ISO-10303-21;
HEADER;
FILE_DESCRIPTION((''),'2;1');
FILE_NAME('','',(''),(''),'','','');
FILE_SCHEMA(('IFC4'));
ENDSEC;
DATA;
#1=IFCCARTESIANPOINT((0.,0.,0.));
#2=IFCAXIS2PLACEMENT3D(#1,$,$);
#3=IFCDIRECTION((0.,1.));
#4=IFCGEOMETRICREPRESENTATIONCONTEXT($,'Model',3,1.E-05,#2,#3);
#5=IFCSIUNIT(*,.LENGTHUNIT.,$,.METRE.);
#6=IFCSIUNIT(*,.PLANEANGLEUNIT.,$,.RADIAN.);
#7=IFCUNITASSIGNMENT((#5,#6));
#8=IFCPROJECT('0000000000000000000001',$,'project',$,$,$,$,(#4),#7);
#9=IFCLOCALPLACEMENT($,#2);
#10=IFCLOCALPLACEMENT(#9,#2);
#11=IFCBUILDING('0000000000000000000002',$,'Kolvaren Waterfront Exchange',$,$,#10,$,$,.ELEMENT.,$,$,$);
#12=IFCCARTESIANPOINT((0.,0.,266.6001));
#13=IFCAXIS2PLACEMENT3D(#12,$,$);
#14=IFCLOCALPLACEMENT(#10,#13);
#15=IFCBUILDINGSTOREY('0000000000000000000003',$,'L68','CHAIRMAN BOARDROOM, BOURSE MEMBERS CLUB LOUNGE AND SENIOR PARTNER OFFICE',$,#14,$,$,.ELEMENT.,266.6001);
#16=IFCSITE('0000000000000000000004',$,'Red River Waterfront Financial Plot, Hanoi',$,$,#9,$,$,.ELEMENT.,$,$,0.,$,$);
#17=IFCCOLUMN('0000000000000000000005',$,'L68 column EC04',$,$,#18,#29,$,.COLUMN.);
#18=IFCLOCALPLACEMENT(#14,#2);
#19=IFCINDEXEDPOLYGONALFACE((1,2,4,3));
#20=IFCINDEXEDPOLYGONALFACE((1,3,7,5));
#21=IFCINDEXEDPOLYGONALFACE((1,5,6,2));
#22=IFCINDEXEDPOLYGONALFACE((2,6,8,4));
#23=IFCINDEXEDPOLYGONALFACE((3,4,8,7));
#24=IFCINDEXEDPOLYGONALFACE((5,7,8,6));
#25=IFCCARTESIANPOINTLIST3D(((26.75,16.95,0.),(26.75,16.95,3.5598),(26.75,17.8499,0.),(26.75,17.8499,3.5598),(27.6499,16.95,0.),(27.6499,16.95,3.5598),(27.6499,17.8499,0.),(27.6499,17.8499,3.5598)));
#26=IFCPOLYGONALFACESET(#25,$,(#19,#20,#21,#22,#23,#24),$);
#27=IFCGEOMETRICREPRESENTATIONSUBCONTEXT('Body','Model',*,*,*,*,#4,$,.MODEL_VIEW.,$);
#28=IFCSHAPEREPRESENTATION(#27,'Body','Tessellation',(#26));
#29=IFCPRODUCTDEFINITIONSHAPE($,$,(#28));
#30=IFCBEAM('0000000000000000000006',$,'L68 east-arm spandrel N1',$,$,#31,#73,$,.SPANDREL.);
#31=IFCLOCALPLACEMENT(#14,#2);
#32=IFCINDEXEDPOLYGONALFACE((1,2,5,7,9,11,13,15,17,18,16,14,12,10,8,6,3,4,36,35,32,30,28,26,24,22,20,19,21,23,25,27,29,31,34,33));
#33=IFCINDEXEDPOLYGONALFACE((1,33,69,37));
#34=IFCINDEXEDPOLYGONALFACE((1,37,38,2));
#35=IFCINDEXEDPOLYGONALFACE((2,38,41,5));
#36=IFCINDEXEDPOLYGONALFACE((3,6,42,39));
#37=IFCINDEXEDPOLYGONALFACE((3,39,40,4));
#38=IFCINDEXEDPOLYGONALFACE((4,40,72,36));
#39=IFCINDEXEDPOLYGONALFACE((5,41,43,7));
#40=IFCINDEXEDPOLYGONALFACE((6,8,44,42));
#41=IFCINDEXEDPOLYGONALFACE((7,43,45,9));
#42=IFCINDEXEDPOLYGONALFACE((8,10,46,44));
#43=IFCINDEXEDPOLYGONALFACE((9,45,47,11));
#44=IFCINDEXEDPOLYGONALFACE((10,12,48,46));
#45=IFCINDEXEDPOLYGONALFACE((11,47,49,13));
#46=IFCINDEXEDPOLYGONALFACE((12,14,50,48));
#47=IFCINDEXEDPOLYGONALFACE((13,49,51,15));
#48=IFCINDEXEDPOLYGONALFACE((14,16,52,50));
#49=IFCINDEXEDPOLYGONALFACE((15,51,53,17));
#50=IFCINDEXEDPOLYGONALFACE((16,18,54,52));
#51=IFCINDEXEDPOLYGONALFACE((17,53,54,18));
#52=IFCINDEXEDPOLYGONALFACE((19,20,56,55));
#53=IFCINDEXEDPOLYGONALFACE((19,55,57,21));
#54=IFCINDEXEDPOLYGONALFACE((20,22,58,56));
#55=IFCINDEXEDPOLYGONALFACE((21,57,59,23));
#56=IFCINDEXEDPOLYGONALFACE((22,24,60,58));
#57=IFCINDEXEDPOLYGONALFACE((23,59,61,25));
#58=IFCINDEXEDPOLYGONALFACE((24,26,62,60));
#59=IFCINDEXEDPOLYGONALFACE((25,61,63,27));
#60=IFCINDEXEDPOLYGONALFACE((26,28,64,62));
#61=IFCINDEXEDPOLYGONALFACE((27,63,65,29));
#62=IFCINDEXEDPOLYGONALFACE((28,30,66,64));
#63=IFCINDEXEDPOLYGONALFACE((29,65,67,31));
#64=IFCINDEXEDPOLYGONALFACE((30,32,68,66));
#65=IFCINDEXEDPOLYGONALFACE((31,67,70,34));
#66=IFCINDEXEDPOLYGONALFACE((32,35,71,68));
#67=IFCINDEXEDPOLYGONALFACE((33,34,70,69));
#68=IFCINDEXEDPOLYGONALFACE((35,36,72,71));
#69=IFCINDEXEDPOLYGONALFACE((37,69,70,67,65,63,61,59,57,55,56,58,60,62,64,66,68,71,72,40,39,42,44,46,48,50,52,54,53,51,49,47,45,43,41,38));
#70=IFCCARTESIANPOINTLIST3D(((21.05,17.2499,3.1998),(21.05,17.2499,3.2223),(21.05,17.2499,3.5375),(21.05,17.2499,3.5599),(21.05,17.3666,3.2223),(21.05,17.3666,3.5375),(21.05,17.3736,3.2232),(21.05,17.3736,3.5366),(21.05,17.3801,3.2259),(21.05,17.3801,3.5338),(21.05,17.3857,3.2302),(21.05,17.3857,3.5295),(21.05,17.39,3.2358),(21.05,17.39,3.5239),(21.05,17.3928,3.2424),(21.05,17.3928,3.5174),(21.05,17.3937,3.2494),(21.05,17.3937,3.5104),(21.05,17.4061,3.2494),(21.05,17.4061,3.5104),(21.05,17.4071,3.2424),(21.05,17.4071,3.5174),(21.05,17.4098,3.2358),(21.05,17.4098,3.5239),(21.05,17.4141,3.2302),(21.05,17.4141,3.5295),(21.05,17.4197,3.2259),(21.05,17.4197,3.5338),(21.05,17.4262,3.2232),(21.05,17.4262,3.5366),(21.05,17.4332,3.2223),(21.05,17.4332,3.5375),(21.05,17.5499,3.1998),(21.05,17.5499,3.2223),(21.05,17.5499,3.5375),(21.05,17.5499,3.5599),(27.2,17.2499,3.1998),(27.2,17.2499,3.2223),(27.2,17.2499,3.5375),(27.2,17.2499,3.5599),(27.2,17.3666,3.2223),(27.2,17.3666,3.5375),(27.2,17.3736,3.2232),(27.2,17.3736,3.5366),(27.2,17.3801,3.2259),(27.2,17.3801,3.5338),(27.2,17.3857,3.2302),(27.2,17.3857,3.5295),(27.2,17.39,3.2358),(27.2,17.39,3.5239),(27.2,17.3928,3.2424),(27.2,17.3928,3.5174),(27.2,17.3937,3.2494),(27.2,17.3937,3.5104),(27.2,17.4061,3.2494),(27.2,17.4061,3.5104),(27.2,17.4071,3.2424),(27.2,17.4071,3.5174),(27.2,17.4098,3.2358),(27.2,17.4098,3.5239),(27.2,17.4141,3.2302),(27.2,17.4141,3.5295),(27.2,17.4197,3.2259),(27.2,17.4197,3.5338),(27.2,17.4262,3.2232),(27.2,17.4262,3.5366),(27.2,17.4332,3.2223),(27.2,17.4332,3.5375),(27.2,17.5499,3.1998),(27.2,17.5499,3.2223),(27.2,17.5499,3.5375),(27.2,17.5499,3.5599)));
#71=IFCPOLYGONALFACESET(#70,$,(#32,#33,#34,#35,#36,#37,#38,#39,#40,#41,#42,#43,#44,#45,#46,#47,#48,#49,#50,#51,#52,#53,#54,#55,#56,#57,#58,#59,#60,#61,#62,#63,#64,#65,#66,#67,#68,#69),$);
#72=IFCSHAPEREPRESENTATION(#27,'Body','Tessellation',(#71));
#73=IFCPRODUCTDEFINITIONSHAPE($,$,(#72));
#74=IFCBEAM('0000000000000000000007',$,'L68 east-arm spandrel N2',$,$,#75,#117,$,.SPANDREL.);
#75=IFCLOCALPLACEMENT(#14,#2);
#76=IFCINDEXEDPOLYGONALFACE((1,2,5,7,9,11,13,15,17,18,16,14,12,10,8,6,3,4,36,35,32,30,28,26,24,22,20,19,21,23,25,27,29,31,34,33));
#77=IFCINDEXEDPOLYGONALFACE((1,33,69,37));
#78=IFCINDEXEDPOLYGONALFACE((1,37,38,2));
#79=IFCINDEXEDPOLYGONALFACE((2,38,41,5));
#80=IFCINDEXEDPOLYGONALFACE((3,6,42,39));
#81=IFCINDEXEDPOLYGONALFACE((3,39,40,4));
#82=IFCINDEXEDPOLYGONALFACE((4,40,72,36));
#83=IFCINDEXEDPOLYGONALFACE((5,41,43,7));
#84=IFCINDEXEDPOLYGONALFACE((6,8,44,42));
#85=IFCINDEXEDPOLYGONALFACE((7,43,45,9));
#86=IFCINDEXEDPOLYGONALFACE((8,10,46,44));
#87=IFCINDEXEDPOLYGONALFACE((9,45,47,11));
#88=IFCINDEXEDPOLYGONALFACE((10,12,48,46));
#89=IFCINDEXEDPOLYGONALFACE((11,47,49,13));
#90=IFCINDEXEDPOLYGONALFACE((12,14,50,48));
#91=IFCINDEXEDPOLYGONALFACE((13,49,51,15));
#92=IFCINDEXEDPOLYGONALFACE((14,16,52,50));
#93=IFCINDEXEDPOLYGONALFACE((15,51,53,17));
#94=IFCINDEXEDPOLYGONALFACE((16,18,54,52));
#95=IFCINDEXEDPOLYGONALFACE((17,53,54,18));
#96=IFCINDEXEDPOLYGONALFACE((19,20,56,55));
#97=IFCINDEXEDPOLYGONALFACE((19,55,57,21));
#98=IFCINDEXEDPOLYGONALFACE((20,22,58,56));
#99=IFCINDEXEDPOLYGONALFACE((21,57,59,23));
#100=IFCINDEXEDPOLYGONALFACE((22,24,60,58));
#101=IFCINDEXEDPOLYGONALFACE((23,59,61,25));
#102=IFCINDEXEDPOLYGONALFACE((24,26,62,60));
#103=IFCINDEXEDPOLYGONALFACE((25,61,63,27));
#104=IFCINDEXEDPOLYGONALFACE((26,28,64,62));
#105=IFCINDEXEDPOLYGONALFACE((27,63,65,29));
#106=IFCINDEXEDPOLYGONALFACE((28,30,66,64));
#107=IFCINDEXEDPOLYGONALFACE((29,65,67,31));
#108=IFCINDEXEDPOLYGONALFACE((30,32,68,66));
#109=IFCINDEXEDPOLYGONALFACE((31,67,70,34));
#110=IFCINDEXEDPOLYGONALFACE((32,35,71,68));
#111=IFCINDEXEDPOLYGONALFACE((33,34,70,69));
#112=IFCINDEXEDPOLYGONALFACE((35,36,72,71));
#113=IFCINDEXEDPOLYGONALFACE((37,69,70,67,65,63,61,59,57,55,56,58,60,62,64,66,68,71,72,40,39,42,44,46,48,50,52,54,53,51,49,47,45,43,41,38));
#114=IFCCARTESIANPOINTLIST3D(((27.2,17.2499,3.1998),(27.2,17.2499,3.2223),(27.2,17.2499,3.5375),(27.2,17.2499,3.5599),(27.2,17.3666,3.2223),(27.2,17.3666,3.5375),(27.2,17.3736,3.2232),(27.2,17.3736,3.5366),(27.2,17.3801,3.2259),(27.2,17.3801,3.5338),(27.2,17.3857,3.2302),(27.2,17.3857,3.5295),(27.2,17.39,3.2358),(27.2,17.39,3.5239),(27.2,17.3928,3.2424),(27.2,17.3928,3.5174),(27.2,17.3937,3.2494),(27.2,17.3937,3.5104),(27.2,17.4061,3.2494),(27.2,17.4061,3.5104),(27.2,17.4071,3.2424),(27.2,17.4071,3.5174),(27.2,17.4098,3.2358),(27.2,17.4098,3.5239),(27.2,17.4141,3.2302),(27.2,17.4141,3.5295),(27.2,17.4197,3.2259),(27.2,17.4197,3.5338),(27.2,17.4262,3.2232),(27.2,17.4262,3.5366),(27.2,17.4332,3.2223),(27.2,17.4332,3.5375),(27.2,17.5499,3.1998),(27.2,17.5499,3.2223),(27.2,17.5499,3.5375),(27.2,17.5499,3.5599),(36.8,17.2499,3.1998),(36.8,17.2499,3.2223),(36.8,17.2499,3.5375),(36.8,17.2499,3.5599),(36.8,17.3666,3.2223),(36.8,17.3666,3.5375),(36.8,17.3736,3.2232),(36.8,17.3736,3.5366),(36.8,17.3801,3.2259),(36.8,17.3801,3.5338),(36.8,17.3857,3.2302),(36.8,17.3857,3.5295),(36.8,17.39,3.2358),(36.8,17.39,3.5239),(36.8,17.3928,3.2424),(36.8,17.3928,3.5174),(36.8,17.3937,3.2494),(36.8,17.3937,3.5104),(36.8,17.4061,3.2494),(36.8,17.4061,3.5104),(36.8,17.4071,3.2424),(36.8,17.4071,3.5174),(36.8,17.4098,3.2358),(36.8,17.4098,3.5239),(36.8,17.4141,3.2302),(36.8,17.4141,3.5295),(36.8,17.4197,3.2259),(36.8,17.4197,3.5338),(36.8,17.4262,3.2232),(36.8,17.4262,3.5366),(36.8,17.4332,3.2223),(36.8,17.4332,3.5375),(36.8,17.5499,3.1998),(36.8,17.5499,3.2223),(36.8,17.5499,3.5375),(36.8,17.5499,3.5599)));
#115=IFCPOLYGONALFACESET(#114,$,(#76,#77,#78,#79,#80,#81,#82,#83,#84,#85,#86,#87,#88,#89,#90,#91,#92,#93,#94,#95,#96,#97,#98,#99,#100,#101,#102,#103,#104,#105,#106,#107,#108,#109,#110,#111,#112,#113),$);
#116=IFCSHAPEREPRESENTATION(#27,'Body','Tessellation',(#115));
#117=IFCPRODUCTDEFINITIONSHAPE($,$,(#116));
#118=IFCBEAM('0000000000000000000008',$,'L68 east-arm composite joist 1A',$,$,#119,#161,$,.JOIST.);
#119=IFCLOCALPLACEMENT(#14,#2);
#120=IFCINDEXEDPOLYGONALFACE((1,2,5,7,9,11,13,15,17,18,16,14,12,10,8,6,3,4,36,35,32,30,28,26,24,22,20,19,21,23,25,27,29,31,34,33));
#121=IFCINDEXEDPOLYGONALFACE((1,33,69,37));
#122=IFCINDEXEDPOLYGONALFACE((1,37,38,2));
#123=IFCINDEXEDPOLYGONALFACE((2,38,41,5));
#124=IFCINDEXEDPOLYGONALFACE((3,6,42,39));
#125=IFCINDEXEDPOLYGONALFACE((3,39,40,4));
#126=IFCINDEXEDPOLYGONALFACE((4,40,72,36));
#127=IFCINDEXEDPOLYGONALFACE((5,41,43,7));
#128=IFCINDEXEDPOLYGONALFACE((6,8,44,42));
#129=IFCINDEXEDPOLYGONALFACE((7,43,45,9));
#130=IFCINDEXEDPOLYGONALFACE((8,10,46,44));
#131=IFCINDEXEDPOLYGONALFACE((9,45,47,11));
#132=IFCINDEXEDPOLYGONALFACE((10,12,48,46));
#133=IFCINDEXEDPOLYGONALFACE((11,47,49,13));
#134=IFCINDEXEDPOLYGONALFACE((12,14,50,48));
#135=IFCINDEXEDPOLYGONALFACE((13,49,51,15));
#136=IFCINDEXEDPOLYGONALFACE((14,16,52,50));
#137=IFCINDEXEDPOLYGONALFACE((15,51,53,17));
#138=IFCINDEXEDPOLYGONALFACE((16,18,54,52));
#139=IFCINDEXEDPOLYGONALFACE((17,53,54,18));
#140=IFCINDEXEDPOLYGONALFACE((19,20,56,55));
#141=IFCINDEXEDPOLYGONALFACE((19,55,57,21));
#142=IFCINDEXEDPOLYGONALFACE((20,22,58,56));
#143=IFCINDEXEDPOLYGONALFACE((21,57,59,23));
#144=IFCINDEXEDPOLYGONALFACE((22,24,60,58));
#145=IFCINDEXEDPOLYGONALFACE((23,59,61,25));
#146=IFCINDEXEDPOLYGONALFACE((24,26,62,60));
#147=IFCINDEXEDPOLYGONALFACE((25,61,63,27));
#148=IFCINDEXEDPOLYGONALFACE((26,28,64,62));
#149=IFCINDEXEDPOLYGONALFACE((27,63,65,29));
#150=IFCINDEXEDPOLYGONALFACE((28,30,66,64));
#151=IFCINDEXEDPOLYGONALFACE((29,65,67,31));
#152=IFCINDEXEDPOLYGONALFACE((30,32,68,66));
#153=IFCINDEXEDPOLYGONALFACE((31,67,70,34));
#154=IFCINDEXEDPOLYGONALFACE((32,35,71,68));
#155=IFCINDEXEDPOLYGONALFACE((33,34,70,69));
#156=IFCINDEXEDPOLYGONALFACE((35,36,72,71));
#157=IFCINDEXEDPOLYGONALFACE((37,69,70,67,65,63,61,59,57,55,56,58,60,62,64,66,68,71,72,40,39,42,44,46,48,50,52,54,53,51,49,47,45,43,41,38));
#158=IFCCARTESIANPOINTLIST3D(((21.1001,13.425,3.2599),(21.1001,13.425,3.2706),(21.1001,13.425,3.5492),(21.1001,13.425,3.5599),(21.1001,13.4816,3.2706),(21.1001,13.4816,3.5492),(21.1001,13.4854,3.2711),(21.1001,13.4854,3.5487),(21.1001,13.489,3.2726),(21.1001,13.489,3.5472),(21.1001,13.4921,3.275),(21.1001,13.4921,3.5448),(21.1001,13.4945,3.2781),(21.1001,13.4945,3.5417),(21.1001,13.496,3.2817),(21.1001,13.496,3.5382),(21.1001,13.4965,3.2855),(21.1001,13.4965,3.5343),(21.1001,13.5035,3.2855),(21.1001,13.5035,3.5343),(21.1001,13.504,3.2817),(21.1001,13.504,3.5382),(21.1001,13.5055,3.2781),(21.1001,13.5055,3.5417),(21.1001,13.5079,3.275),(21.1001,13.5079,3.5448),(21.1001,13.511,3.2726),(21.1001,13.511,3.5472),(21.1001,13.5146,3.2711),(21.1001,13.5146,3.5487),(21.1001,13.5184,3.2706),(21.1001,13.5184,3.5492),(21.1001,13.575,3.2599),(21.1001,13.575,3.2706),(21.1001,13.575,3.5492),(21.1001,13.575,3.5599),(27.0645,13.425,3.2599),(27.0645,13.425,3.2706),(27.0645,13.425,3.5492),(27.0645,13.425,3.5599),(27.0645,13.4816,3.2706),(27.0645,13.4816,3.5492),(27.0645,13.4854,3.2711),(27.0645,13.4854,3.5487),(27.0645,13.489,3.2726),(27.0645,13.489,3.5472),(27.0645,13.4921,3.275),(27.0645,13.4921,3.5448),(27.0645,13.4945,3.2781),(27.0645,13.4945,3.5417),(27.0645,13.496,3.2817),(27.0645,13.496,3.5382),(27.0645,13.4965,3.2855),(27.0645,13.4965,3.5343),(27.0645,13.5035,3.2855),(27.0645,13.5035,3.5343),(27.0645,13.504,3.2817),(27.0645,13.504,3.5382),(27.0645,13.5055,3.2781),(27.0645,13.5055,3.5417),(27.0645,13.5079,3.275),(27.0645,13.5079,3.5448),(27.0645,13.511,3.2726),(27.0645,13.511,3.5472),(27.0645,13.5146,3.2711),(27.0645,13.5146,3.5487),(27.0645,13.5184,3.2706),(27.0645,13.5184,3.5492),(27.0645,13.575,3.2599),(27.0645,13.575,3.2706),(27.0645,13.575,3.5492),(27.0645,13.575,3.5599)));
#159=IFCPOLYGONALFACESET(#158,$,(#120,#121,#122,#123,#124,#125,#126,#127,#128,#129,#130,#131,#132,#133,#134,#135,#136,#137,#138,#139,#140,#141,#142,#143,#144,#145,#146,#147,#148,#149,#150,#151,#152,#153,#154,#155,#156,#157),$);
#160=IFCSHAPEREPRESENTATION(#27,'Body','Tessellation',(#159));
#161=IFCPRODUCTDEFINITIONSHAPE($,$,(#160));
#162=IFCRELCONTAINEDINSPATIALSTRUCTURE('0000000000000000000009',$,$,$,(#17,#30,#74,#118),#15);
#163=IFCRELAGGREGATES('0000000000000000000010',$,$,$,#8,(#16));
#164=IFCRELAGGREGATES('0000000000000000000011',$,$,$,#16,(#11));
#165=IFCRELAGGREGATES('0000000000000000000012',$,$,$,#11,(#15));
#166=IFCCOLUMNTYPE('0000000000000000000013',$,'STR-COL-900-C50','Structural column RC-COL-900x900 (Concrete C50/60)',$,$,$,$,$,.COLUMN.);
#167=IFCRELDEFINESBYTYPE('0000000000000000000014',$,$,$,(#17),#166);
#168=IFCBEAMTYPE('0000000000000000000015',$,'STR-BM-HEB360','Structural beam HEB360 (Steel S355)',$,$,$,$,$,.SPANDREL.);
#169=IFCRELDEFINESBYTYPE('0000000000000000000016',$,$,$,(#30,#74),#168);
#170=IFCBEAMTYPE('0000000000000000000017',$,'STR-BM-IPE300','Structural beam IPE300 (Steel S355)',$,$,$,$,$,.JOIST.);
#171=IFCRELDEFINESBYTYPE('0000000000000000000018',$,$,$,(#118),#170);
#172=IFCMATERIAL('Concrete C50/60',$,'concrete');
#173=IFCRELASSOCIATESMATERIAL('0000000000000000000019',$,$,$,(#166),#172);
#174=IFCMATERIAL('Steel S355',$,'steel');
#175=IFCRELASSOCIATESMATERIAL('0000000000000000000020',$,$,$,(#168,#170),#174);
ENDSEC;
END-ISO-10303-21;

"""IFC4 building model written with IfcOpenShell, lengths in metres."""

from ifc_helpers import new_model, si_unit, direction, frame, origin, origin_2d, place, context, subcontext, project, spatial, rectangle, i_section, extrude, material, material_profile, profile_set, type_object, element, save


model = new_model("IFC4")

# Units and contexts
model_context = context("Model", 3, precision=1e-05, world=origin(), true_north=direction((0.0, 1.0)))
body_context = subcontext(model_context, "Body", "Model", "MODEL_VIEW")
ifc_project = project(units=[si_unit("LENGTHUNIT", "METRE"), si_unit("PLANEANGLEUNIT", "RADIAN")], contexts=[model_context])

# Site, building, storey
site_placement = place(None, origin())
site = spatial("IfcSite", under=ifc_project, at=site_placement, Name="Red River Waterfront Financial Plot, Hanoi", CompositionType="ELEMENT", RefElevation=0.0)
building_placement = place(site_placement, origin())
building = spatial("IfcBuilding", under=site, at=building_placement, Name="Kolvaren Waterfront Exchange", CompositionType="ELEMENT")
storey_placement = place(building_placement, frame((0.0, 0.0, 266.6001)))
storey = spatial("IfcBuildingStorey", under=building, at=storey_placement, Name="L68", Description="CHAIRMAN BOARDROOM, BOURSE MEMBERS CLUB LOUNGE AND SENIOR PARTNER OFFICE", CompositionType="ELEMENT", Elevation=266.6001)

# Column
ifc_material_1 = material(Name="Concrete C50/60", Category="concrete")
ifc_material_profile_1 = material_profile(ifc_material_1, rectangle(XDim=0.8999, YDim=0.8999, at=origin_2d()), Name="RC-COL-900x900")
ifc_profile_set_1 = profile_set([ifc_material_profile_1], Name="Concrete C50/60")
column_type = type_object("IfcColumnType", Name="STR-COL-900-C50", Description="Structural column RC-COL-900x900 (Concrete C50/60)", PredefinedType="COLUMN", material=ifc_profile_set_1)
column_placement = place(storey_placement, frame((27.2, 17.3999, 0.0), z_axis=(0.0, 0.0, 1.0), x_axis=(1.0, 0.0, 0.0)))
element("IfcColumn", 1, at=column_placement, inside=storey, type_object=column_type, Name="L68 column EC04", PredefinedType="COLUMN", context=body_context, shape_type="SweptSolid", body=[
    extrude(rectangle(XDim=0.8999, YDim=0.8999, at=origin_2d()), origin(), (0.0, 0.0, 1.0), 3.5598),
])

# Beams
ifc_material_2 = material(Name="Steel S355", Category="steel")
ifc_material_profile_2 = material_profile(ifc_material_2, i_section(OverallWidth=0.3, OverallDepth=0.3601, WebThickness=0.0125, FlangeThickness=0.0225, FilletRadius=0.0271, at=origin_2d()), Name="HEB360")
ifc_profile_set_2 = profile_set([ifc_material_profile_2], Name="Steel S355")
beam_type_1 = type_object("IfcBeamType", Name="STR-BM-HEB360", Description="Structural beam HEB360 (Steel S355)", PredefinedType="SPANDREL", material=ifc_profile_set_2)
beam_1_placement = place(storey_placement, frame((21.05, 17.3999, 3.3799), z_axis=(1.0, 0.0, 0.0), x_axis=(0.0, 1.0, 0.0)))
element("IfcBeam", 2, at=beam_1_placement, inside=storey, type_object=beam_type_1, Name="L68 east-arm spandrel N1", PredefinedType="SPANDREL", context=body_context, shape_type="SweptSolid", body=[
    extrude(i_section(OverallWidth=0.3, OverallDepth=0.3601, WebThickness=0.0125, FlangeThickness=0.0225, FilletRadius=0.0271, at=origin_2d()), origin(), (0.0, 0.0, 1.0), 6.1499),
])
beam_2_placement = place(storey_placement, frame((27.2, 17.3999, 3.3799), z_axis=(1.0, 0.0, 0.0), x_axis=(0.0, 1.0, 0.0)))
element("IfcBeam", 3, at=beam_2_placement, inside=storey, type_object=beam_type_1, Name="L68 east-arm spandrel N2", PredefinedType="SPANDREL", context=body_context, shape_type="SweptSolid", body=[
    extrude(i_section(OverallWidth=0.3, OverallDepth=0.3601, WebThickness=0.0125, FlangeThickness=0.0225, FilletRadius=0.0271, at=origin_2d()), origin(), (0.0, 0.0, 1.0), 9.6001),
])
ifc_material_profile_3 = material_profile(ifc_material_2, i_section(OverallWidth=0.1499, OverallDepth=0.3, WebThickness=0.0071, FlangeThickness=0.0107, FilletRadius=0.0149, at=origin_2d()), Name="IPE300")
ifc_profile_set_3 = profile_set([ifc_material_profile_3], Name="Steel S355")
beam_type_2 = type_object("IfcBeamType", Name="STR-BM-IPE300", Description="Structural beam IPE300 (Steel S355)", PredefinedType="JOIST", material=ifc_profile_set_3)
for number, where, z_axis, x_axis, name in (
    (4, (21.1001, 13.5, 3.4099), (1.0, 0.0, 0.0), (0.0, 1.0, 0.0), "L68 east-arm composite joist 1A"),
):
    element("IfcBeam", number, at=place(storey_placement, frame(where, z_axis=z_axis, x_axis=x_axis)), inside=storey, type_object=beam_type_2, Name=name, PredefinedType="JOIST", context=body_context, shape_type="SweptSolid", body=[
        extrude(i_section(OverallWidth=0.1499, OverallDepth=0.3, WebThickness=0.0071, FlangeThickness=0.0107, FilletRadius=0.0149, at=origin_2d()), origin(), (0.0, 0.0, 1.0), 5.9644),
    ])

save(model, "model.ifc")
